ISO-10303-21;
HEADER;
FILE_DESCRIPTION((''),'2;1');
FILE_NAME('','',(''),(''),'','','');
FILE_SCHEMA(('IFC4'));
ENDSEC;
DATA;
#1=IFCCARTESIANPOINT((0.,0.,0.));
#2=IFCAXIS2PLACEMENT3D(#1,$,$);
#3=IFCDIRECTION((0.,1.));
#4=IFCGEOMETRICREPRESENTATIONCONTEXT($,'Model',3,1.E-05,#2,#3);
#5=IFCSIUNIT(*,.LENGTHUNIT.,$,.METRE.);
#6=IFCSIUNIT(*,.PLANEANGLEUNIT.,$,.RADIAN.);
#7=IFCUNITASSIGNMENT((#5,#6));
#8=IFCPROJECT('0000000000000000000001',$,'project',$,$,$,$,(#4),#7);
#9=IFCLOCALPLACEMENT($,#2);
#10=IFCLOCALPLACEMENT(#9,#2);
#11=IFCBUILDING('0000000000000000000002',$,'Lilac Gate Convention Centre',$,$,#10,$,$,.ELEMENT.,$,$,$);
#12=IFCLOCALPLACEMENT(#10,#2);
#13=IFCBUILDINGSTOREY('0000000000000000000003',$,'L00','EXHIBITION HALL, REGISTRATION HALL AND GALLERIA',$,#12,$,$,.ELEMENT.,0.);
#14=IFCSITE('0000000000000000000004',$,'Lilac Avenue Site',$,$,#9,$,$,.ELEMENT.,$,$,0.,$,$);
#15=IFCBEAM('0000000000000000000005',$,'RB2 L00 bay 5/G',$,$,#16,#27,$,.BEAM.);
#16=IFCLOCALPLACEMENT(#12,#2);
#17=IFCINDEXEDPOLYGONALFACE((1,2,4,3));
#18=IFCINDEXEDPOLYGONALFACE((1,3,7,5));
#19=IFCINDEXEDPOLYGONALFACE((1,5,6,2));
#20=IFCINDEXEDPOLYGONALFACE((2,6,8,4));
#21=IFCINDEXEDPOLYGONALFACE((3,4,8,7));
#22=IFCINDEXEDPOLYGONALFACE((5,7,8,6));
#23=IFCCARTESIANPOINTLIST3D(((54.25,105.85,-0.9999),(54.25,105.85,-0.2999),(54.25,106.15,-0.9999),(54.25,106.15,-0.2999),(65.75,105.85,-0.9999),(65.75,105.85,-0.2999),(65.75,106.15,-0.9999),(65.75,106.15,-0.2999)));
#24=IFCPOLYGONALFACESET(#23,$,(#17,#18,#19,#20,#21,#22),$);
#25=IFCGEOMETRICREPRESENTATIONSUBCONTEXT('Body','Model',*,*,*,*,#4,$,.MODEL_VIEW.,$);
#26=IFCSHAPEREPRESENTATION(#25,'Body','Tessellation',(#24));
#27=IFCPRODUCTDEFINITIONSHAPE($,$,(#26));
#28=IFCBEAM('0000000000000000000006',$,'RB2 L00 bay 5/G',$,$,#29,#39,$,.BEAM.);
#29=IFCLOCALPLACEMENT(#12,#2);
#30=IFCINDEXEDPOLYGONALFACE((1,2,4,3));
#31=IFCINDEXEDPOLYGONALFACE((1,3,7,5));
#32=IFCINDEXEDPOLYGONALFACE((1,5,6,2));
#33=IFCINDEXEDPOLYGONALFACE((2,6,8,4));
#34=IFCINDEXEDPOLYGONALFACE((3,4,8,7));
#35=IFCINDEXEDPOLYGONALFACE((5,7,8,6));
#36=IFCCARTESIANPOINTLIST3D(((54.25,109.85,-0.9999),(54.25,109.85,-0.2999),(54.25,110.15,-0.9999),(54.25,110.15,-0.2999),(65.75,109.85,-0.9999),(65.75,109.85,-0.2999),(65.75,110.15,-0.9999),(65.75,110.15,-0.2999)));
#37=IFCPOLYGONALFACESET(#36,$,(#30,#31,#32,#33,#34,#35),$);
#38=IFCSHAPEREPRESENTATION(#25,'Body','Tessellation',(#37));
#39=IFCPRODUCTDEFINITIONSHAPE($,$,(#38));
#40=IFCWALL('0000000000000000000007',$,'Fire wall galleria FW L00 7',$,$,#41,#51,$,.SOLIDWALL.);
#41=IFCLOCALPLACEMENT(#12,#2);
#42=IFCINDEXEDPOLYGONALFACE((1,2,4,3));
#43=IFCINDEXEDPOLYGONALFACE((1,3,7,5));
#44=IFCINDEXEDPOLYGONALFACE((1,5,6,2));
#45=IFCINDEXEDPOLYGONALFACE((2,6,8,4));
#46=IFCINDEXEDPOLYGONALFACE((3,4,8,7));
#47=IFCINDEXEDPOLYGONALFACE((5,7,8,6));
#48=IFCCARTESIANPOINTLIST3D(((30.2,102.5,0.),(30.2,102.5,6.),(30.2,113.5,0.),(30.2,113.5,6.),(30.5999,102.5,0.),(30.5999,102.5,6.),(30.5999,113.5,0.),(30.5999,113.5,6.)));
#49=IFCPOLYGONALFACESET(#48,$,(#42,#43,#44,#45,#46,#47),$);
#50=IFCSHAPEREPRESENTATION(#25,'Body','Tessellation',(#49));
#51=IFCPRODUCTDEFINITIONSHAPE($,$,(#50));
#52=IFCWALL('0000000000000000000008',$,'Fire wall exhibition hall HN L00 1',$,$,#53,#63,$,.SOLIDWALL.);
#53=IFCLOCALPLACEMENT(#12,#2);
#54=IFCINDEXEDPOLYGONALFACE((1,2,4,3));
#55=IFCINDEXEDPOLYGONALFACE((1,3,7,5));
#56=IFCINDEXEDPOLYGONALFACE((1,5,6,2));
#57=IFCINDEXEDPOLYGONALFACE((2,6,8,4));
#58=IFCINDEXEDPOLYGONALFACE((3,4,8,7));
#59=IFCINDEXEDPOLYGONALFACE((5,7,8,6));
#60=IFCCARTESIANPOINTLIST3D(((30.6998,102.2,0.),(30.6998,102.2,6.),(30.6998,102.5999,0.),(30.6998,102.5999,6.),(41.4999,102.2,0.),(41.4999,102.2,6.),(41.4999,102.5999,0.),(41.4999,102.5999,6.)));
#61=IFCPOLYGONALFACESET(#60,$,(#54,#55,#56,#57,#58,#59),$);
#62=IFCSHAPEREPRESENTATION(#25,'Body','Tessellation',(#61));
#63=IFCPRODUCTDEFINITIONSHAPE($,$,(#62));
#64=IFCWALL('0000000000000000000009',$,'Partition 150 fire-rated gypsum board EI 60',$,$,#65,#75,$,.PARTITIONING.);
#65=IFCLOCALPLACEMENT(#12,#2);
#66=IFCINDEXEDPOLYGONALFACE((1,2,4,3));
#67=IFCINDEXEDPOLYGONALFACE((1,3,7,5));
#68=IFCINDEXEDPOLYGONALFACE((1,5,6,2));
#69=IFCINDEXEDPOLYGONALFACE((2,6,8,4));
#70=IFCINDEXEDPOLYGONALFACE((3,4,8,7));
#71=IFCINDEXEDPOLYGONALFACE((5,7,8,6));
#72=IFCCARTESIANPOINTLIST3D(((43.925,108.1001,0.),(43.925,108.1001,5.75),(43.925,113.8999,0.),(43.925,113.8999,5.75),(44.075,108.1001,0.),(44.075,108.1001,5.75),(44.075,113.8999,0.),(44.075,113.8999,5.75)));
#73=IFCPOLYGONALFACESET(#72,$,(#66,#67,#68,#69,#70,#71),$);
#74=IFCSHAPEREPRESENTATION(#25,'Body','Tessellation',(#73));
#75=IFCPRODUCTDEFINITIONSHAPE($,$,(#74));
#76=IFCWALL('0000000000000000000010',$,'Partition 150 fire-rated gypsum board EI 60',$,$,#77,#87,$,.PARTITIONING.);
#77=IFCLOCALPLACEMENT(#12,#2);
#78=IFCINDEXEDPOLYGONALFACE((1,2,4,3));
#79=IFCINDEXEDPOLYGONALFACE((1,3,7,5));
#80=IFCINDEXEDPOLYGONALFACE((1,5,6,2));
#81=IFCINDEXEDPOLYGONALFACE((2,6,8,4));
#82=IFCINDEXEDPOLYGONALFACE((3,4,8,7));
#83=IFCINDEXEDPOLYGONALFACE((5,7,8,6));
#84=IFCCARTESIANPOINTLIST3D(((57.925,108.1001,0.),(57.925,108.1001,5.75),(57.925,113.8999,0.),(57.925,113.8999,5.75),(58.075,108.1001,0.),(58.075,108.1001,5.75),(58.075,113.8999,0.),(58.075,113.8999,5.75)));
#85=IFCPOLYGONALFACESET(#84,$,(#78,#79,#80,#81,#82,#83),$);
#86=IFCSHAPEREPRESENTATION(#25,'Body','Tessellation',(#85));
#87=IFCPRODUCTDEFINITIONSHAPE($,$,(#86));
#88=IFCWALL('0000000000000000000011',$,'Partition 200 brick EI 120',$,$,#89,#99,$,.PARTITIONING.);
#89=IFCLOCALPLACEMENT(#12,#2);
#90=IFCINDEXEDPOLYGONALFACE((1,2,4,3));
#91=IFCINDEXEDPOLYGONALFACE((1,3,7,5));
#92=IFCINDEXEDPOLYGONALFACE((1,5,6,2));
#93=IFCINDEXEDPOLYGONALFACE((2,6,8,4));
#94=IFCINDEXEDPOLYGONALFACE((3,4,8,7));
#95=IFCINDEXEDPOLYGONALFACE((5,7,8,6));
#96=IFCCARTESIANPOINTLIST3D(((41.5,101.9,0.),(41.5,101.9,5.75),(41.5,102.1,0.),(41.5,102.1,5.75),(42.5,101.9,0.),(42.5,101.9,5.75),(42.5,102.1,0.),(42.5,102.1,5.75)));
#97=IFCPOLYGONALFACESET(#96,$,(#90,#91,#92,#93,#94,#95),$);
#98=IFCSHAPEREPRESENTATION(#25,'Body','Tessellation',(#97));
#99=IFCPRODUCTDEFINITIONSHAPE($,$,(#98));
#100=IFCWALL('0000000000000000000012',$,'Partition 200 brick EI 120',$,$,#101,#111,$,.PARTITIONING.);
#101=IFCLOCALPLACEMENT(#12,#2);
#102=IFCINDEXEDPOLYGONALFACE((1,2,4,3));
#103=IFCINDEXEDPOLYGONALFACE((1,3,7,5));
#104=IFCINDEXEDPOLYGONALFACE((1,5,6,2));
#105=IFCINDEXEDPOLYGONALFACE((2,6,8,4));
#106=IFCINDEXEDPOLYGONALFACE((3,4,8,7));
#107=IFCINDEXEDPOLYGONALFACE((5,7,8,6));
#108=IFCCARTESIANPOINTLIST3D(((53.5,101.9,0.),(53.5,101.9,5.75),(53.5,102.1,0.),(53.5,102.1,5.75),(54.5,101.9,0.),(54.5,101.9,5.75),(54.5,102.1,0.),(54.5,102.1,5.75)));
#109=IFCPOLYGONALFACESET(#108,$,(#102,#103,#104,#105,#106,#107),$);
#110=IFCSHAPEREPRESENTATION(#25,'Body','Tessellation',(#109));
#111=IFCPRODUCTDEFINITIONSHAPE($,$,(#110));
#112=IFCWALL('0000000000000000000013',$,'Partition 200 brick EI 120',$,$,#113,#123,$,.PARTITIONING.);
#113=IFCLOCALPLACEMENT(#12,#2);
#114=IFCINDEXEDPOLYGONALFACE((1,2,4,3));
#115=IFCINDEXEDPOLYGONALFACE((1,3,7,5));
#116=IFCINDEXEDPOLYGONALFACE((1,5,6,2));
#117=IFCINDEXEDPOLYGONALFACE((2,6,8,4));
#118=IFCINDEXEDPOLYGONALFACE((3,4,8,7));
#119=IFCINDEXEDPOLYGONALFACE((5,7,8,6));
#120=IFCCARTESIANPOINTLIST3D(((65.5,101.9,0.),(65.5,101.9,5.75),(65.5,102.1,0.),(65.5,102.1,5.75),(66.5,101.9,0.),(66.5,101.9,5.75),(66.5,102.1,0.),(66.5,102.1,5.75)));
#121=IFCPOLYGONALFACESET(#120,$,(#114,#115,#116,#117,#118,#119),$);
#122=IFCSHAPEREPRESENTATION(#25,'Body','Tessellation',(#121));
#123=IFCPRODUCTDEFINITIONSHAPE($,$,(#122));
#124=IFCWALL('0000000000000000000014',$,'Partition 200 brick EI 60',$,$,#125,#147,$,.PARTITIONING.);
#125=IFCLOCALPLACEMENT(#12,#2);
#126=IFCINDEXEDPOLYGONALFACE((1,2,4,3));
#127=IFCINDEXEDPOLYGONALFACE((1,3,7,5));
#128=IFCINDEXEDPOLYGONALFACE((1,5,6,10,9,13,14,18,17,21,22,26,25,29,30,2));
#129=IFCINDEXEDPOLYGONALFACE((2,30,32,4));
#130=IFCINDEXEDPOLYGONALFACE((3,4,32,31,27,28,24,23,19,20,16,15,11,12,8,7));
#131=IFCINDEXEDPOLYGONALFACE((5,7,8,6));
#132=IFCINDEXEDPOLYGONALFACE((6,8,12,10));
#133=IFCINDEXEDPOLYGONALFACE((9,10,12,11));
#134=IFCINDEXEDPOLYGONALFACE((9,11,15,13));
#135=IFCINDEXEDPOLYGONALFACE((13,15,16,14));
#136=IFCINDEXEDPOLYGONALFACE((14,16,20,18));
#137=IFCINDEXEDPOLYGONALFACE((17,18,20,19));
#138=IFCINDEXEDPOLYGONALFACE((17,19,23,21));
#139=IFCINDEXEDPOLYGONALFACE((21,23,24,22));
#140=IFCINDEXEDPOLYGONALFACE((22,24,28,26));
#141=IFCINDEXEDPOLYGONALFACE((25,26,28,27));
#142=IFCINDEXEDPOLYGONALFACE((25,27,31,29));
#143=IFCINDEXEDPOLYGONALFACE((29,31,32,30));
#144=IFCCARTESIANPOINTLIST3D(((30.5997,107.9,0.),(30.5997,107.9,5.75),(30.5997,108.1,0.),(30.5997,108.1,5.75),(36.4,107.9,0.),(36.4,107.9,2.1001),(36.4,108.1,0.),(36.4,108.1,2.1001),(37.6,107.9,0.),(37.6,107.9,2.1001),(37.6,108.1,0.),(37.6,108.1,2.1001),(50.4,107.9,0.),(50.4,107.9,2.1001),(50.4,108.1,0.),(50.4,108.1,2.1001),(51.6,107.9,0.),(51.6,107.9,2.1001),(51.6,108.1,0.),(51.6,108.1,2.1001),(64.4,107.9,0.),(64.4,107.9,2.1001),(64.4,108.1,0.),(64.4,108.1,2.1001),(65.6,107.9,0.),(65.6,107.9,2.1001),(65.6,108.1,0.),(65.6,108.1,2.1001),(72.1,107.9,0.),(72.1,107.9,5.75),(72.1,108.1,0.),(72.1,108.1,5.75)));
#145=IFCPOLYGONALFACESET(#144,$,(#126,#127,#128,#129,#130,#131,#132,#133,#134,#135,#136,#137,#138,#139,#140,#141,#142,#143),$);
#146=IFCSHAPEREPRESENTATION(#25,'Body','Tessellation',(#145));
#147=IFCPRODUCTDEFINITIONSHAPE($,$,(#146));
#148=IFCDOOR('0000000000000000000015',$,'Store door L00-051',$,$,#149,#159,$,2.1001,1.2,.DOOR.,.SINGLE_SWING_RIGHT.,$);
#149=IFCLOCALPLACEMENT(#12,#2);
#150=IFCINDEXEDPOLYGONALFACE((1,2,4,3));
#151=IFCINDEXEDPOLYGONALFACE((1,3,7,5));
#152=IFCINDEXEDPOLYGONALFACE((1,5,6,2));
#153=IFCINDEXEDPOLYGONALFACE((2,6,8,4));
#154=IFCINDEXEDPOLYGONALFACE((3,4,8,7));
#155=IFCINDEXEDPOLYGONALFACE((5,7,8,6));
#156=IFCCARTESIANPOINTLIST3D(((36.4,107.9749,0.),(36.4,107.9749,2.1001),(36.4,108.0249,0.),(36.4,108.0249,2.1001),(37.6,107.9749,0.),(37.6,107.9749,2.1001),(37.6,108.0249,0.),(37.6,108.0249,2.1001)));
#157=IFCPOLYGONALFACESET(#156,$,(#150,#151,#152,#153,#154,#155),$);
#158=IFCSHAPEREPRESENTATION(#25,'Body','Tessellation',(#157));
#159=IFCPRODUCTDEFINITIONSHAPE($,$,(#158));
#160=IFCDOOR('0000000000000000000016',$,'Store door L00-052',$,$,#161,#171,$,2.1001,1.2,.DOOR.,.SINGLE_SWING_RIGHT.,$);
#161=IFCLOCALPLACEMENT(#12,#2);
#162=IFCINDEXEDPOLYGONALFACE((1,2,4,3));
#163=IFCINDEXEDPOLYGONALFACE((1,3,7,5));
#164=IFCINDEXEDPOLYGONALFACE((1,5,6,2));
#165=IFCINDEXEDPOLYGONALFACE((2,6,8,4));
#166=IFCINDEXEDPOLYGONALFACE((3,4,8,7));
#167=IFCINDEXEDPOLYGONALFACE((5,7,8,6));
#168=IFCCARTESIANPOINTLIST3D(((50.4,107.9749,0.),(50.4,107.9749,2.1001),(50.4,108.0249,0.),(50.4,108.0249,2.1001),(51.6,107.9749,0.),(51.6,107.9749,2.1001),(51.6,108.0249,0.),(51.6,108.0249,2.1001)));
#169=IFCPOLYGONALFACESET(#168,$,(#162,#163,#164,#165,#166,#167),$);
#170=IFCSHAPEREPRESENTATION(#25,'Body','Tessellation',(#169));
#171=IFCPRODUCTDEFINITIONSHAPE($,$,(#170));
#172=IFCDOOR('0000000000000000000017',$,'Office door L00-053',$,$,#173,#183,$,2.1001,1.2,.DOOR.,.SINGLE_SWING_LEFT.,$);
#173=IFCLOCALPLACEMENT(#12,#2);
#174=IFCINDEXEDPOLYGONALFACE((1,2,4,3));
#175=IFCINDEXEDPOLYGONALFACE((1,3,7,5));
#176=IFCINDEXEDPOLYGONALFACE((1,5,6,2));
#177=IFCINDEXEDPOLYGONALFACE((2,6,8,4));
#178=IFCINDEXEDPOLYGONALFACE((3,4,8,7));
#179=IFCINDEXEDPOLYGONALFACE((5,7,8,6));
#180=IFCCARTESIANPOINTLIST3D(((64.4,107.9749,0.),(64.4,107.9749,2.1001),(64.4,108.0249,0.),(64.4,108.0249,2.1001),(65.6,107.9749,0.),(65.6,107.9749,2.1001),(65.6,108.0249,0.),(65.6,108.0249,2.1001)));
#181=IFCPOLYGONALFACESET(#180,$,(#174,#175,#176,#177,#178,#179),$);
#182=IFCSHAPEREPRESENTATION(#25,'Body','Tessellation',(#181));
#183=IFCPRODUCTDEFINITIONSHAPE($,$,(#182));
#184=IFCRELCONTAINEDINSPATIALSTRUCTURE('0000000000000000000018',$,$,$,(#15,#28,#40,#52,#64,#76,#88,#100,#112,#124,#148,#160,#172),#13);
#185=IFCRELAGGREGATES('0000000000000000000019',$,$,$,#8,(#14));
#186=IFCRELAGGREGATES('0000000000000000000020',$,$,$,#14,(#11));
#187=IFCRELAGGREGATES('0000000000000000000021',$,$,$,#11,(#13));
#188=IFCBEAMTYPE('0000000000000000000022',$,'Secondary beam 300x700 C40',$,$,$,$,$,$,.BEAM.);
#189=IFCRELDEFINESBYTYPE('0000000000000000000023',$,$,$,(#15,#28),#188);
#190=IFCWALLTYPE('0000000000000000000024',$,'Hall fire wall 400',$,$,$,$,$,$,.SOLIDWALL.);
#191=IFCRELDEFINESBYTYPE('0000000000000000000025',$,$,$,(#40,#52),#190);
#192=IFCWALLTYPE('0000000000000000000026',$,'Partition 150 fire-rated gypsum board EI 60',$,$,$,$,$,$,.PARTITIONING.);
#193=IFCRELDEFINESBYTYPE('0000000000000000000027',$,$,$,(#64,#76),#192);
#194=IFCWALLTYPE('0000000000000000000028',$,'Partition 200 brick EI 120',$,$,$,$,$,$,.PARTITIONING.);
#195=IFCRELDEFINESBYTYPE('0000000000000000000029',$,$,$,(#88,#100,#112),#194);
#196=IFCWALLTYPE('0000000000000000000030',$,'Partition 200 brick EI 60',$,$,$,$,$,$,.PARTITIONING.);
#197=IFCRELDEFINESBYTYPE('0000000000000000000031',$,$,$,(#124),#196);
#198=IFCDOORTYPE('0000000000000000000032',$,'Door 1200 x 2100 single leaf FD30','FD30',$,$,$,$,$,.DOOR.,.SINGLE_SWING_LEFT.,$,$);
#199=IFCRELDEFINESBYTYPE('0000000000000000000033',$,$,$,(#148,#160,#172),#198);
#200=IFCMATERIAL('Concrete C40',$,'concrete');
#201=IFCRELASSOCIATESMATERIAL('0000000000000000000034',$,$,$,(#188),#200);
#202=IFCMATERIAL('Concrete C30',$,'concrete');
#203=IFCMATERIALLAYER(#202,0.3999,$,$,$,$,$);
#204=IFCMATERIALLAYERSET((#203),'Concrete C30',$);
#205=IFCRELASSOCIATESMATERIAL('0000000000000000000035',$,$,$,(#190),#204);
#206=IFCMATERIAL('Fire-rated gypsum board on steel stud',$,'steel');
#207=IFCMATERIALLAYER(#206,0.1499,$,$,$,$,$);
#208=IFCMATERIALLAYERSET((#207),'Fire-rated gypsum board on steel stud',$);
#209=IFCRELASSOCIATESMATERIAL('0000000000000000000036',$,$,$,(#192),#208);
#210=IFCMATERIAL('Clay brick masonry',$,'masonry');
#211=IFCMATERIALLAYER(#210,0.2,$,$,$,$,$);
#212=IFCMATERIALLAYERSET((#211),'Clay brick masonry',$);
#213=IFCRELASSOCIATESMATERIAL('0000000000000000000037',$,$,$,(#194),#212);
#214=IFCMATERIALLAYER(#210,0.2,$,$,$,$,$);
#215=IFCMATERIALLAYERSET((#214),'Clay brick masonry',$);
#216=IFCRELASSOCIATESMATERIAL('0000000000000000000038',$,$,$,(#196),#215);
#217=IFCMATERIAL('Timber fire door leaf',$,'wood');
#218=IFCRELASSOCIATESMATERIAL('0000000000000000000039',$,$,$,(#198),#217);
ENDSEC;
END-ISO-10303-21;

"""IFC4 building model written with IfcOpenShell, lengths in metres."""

from ifc_helpers import new_model, si_unit, direction, frame, frame_2d, origin, origin_2d, place, context, subcontext, project, spatial, rectangle, extrude, material, layer, layer_set, material_profile, profile_set, type_object, element, fill, save


model = new_model("IFC4")

# Units and contexts
model_context = context("Model", 3, precision=1e-05, world=origin(), true_north=direction((0.0, 1.0)))
body_context = subcontext(model_context, "Body", "Model", "MODEL_VIEW")
ifc_project = project(units=[si_unit("LENGTHUNIT", "METRE"), si_unit("PLANEANGLEUNIT", "RADIAN")], contexts=[model_context])

# Site, building, storey
site_placement = place(None, origin())
site = spatial("IfcSite", under=ifc_project, at=site_placement, Name="Lilac Avenue Site", CompositionType="ELEMENT", RefElevation=0.0)
building_placement = place(site_placement, origin())
building = spatial("IfcBuilding", under=site, at=building_placement, Name="Lilac Gate Convention Centre", CompositionType="ELEMENT")
storey_placement = place(building_placement, origin())
storey = spatial("IfcBuildingStorey", under=building, at=storey_placement, Name="L00", Description="EXHIBITION HALL, REGISTRATION HALL AND GALLERIA", CompositionType="ELEMENT", Elevation=0.0)

# Shared definitions
ifc_material_1 = material(Name="Concrete C40", Category="concrete")

# Beams
ifc_material_profile_1 = material_profile(ifc_material_1, rectangle(XDim=0.3, YDim=0.7, at=origin_2d()), Name="RC 300x700")
ifc_profile_set_1 = profile_set([ifc_material_profile_1], Name="Concrete C40")
beam_type_1 = type_object("IfcBeamType", Name="Secondary beam 300x700 C40", PredefinedType="BEAM", material=ifc_profile_set_1)
for number, where, z_axis, x_axis, name in (
    (1, (54.25, 106.0, -0.6499), (1.0, 0.0, 0.0), (0.0, 1.0, 0.0), "RB2 L00 bay 5/G"),
    (2, (54.25, 110.0, -0.6499), (1.0, 0.0, 0.0), (0.0, 1.0, 0.0), "RB2 L00 bay 5/G"),
):
    element("IfcBeam", number, at=place(storey_placement, frame(where, z_axis=z_axis, x_axis=x_axis)), inside=storey, type_object=beam_type_1, Name=name, PredefinedType="BEAM", context=body_context, shape_type="SweptSolid", body=[
        extrude(rectangle(XDim=0.3, YDim=0.7, at=origin_2d()), origin(), (0.0, 0.0, 1.0), 11.5),
    ])

# Walls
ifc_material_2 = material(Name="Concrete C30", Category="concrete")
ifc_layer_1 = layer(ifc_material_2, 0.3999)
ifc_layer_set_1 = layer_set([ifc_layer_1], Name="Concrete C30")
wall_type_1 = type_object("IfcWallType", Name="Hall fire wall 400", PredefinedType="SOLIDWALL", material=ifc_layer_set_1)
wall_1_placement = place(storey_placement, frame((30.3999, 102.5, 0.0), z_axis=(0.0, 0.0, 1.0), x_axis=(0.0, 1.0, 0.0)))
element("IfcWall", 3, at=wall_1_placement, inside=storey, type_object=wall_type_1, Name="Fire wall galleria FW L00 7", PredefinedType="SOLIDWALL", context=body_context, shape_type="SweptSolid", body=[
    extrude(rectangle(XDim=11.0, YDim=0.3999, at=frame_2d((5.5, 0.0))), origin(), (0.0, 0.0, 1.0), 6.0),
])
wall_2_placement = place(storey_placement, frame((30.7, 102.3999, 0.0), z_axis=(0.0, 0.0, 1.0), x_axis=(1.0, 0.0, 0.0)))
element("IfcWall", 4, at=wall_2_placement, inside=storey, type_object=wall_type_1, Name="Fire wall exhibition hall HN L00 1", PredefinedType="SOLIDWALL", context=body_context, shape_type="SweptSolid", body=[
    extrude(rectangle(XDim=10.8, YDim=0.3999, at=frame_2d((5.3999, 0.0))), origin(), (0.0, 0.0, 1.0), 6.0),
])

# Walls
ifc_material_3 = material(Name="Fire-rated gypsum board on steel stud", Category="steel")
ifc_layer_2 = layer(ifc_material_3, 0.1499)
ifc_layer_set_2 = layer_set([ifc_layer_2], Name="Fire-rated gypsum board on steel stud")
wall_type_2 = type_object("IfcWallType", Name="Partition 150 fire-rated gypsum board EI 60", PredefinedType="PARTITIONING", material=ifc_layer_set_2)
for number, where, z_axis, x_axis, name in (
    (5, (44.0, 108.1001, 0.0), (0.0, 0.0, 1.0), (0.0, 1.0, 0.0), "Partition 150 fire-rated gypsum board EI 60"),
    (6, (58.0, 108.1001, 0.0), (0.0, 0.0, 1.0), (0.0, 1.0, 0.0), "Partition 150 fire-rated gypsum board EI 60"),
):
    element("IfcWall", number, at=place(storey_placement, frame(where, z_axis=z_axis, x_axis=x_axis)), inside=storey, type_object=wall_type_2, Name=name, PredefinedType="PARTITIONING", context=body_context, shape_type="SweptSolid", body=[
        extrude(rectangle(XDim=5.7998, YDim=0.1499, at=frame_2d((2.8999, 0.0))), origin(), (0.0, 0.0, 1.0), 5.75),
    ])
ifc_material_4 = material(Name="Clay brick masonry", Category="masonry")
ifc_layer_3 = layer(ifc_material_4, 0.2)
ifc_layer_set_3 = layer_set([ifc_layer_3], Name="Clay brick masonry")
wall_type_3 = type_object("IfcWallType", Name="Partition 200 brick EI 120", PredefinedType="PARTITIONING", material=ifc_layer_set_3)
for number, where, z_axis, x_axis, name in (
    (7, (41.5, 102.0, 0.0), (0.0, 0.0, 1.0), (1.0, 0.0, 0.0), "Partition 200 brick EI 120"),
    (8, (53.5, 102.0, 0.0), (0.0, 0.0, 1.0), (1.0, 0.0, 0.0), "Partition 200 brick EI 120"),
    (9, (65.5, 102.0, 0.0), (0.0, 0.0, 1.0), (1.0, 0.0, 0.0), "Partition 200 brick EI 120"),
):
    element("IfcWall", number, at=place(storey_placement, frame(where, z_axis=z_axis, x_axis=x_axis)), inside=storey, type_object=wall_type_3, Name=name, PredefinedType="PARTITIONING", context=body_context, shape_type="SweptSolid", body=[
        extrude(rectangle(XDim=1.0, YDim=0.2, at=frame_2d((0.5, 0.0))), origin(), (0.0, 0.0, 1.0), 5.75),
    ])

# Wall, openings, doors
ifc_layer_4 = layer(ifc_material_4, 0.2)
ifc_layer_set_4 = layer_set([ifc_layer_4], Name="Clay brick masonry")
wall_type_4 = type_object("IfcWallType", Name="Partition 200 brick EI 60", PredefinedType="PARTITIONING", material=ifc_layer_set_4)
wall_3_placement = place(storey_placement, frame((30.5999, 108.0, 0.0), z_axis=(0.0, 0.0, 1.0), x_axis=(1.0, 0.0, 0.0)))
wall_3 = element("IfcWall", 10, at=wall_3_placement, inside=storey, type_object=wall_type_4, Name="Partition 200 brick EI 60", PredefinedType="PARTITIONING", context=body_context, shape_type="SweptSolid", body=[
    extrude(rectangle(XDim=41.5002, YDim=0.2, at=frame_2d((20.75, 0.0))), origin(), (0.0, 0.0, 1.0), 5.75),
])
opening_1_placement = place(wall_3_placement, frame((5.8, 0.0, 0.0)))
opening_1 = element("IfcOpeningElement", 11, at=opening_1_placement, cuts=wall_3, PredefinedType="OPENING", context=body_context, shape_type="SweptSolid", body=[
    extrude(rectangle(XDim=1.2, YDim=2.1001, at=frame_2d((0.6001, 1.05))), frame((0.0, 0.1099, 0.0), z_axis=(0.0, -1.0, 0.0), x_axis=(1.0, 0.0, 0.0)), (0.0, 0.0, 1.0), 0.22),
])
opening_2_placement = place(wall_3_placement, frame((19.8, 0.0, 0.0)))
opening_2 = element("IfcOpeningElement", 12, at=opening_2_placement, cuts=wall_3, PredefinedType="OPENING", context=body_context, shape_type="SweptSolid", body=[
    extrude(rectangle(XDim=1.2, YDim=2.1001, at=frame_2d((0.6001, 1.05))), frame((0.0, 0.1099, 0.0), z_axis=(0.0, -1.0, 0.0), x_axis=(1.0, 0.0, 0.0)), (0.0, 0.0, 1.0), 0.22),
])
opening_3_placement = place(wall_3_placement, frame((33.8, 0.0, 0.0)))
opening_3 = element("IfcOpeningElement", 13, at=opening_3_placement, cuts=wall_3, PredefinedType="OPENING", context=body_context, shape_type="SweptSolid", body=[
    extrude(rectangle(XDim=1.2, YDim=2.1001, at=frame_2d((0.6001, 1.05))), frame((0.0, 0.1099, 0.0), z_axis=(0.0, -1.0, 0.0), x_axis=(1.0, 0.0, 0.0)), (0.0, 0.0, 1.0), 0.22),
])
ifc_material_5 = material(Name="Timber fire door leaf", Category="wood")
door_type_1 = type_object("IfcDoorType", Name="Door 1200 x 2100 single leaf FD30", Description="FD30", OperationType="SINGLE_SWING_LEFT", PredefinedType="DOOR", material=ifc_material_5)
door_1_placement = place(opening_1_placement, origin())
door_1 = element("IfcDoor", 14, at=door_1_placement, inside=storey, type_object=door_type_1, Name="Store door L00-051", OperationType="SINGLE_SWING_RIGHT", OverallHeight=2.1001, OverallWidth=1.2, PredefinedType="DOOR", context=body_context, shape_type="SweptSolid", body=[
    extrude(rectangle(XDim=1.2, YDim=2.1001, at=frame_2d((0.6001, 1.05))), frame((0.0, 0.0249, 0.0), z_axis=(0.0, -1.0, 0.0), x_axis=(1.0, 0.0, 0.0)), (0.0, 0.0, 1.0), 0.05),
])
fill(opening_1, door_1)
door_2_placement = place(opening_2_placement, origin())
door_2 = element("IfcDoor", 15, at=door_2_placement, inside=storey, type_object=door_type_1, Name="Store door L00-052", OperationType="SINGLE_SWING_RIGHT", OverallHeight=2.1001, OverallWidth=1.2, PredefinedType="DOOR", context=body_context, shape_type="SweptSolid", body=[
    extrude(rectangle(XDim=1.2, YDim=2.1001, at=frame_2d((0.6001, 1.05))), frame((0.0, 0.0249, 0.0), z_axis=(0.0, -1.0, 0.0), x_axis=(1.0, 0.0, 0.0)), (0.0, 0.0, 1.0), 0.05),
])
fill(opening_2, door_2)
door_3_placement = place(opening_3_placement, origin())
door_3 = element("IfcDoor", 16, at=door_3_placement, inside=storey, type_object=door_type_1, Name="Office door L00-053", OperationType="SINGLE_SWING_LEFT", OverallHeight=2.1001, OverallWidth=1.2, PredefinedType="DOOR", context=body_context, shape_type="SweptSolid", body=[
    extrude(rectangle(XDim=1.2, YDim=2.1001, at=frame_2d((0.6001, 1.05))), frame((0.0, 0.0249, 0.0), z_axis=(0.0, -1.0, 0.0), x_axis=(1.0, 0.0, 0.0)), (0.0, 0.0, 1.0), 0.05),
])
fill(opening_3, door_3)

save(model, "model.ifc")
